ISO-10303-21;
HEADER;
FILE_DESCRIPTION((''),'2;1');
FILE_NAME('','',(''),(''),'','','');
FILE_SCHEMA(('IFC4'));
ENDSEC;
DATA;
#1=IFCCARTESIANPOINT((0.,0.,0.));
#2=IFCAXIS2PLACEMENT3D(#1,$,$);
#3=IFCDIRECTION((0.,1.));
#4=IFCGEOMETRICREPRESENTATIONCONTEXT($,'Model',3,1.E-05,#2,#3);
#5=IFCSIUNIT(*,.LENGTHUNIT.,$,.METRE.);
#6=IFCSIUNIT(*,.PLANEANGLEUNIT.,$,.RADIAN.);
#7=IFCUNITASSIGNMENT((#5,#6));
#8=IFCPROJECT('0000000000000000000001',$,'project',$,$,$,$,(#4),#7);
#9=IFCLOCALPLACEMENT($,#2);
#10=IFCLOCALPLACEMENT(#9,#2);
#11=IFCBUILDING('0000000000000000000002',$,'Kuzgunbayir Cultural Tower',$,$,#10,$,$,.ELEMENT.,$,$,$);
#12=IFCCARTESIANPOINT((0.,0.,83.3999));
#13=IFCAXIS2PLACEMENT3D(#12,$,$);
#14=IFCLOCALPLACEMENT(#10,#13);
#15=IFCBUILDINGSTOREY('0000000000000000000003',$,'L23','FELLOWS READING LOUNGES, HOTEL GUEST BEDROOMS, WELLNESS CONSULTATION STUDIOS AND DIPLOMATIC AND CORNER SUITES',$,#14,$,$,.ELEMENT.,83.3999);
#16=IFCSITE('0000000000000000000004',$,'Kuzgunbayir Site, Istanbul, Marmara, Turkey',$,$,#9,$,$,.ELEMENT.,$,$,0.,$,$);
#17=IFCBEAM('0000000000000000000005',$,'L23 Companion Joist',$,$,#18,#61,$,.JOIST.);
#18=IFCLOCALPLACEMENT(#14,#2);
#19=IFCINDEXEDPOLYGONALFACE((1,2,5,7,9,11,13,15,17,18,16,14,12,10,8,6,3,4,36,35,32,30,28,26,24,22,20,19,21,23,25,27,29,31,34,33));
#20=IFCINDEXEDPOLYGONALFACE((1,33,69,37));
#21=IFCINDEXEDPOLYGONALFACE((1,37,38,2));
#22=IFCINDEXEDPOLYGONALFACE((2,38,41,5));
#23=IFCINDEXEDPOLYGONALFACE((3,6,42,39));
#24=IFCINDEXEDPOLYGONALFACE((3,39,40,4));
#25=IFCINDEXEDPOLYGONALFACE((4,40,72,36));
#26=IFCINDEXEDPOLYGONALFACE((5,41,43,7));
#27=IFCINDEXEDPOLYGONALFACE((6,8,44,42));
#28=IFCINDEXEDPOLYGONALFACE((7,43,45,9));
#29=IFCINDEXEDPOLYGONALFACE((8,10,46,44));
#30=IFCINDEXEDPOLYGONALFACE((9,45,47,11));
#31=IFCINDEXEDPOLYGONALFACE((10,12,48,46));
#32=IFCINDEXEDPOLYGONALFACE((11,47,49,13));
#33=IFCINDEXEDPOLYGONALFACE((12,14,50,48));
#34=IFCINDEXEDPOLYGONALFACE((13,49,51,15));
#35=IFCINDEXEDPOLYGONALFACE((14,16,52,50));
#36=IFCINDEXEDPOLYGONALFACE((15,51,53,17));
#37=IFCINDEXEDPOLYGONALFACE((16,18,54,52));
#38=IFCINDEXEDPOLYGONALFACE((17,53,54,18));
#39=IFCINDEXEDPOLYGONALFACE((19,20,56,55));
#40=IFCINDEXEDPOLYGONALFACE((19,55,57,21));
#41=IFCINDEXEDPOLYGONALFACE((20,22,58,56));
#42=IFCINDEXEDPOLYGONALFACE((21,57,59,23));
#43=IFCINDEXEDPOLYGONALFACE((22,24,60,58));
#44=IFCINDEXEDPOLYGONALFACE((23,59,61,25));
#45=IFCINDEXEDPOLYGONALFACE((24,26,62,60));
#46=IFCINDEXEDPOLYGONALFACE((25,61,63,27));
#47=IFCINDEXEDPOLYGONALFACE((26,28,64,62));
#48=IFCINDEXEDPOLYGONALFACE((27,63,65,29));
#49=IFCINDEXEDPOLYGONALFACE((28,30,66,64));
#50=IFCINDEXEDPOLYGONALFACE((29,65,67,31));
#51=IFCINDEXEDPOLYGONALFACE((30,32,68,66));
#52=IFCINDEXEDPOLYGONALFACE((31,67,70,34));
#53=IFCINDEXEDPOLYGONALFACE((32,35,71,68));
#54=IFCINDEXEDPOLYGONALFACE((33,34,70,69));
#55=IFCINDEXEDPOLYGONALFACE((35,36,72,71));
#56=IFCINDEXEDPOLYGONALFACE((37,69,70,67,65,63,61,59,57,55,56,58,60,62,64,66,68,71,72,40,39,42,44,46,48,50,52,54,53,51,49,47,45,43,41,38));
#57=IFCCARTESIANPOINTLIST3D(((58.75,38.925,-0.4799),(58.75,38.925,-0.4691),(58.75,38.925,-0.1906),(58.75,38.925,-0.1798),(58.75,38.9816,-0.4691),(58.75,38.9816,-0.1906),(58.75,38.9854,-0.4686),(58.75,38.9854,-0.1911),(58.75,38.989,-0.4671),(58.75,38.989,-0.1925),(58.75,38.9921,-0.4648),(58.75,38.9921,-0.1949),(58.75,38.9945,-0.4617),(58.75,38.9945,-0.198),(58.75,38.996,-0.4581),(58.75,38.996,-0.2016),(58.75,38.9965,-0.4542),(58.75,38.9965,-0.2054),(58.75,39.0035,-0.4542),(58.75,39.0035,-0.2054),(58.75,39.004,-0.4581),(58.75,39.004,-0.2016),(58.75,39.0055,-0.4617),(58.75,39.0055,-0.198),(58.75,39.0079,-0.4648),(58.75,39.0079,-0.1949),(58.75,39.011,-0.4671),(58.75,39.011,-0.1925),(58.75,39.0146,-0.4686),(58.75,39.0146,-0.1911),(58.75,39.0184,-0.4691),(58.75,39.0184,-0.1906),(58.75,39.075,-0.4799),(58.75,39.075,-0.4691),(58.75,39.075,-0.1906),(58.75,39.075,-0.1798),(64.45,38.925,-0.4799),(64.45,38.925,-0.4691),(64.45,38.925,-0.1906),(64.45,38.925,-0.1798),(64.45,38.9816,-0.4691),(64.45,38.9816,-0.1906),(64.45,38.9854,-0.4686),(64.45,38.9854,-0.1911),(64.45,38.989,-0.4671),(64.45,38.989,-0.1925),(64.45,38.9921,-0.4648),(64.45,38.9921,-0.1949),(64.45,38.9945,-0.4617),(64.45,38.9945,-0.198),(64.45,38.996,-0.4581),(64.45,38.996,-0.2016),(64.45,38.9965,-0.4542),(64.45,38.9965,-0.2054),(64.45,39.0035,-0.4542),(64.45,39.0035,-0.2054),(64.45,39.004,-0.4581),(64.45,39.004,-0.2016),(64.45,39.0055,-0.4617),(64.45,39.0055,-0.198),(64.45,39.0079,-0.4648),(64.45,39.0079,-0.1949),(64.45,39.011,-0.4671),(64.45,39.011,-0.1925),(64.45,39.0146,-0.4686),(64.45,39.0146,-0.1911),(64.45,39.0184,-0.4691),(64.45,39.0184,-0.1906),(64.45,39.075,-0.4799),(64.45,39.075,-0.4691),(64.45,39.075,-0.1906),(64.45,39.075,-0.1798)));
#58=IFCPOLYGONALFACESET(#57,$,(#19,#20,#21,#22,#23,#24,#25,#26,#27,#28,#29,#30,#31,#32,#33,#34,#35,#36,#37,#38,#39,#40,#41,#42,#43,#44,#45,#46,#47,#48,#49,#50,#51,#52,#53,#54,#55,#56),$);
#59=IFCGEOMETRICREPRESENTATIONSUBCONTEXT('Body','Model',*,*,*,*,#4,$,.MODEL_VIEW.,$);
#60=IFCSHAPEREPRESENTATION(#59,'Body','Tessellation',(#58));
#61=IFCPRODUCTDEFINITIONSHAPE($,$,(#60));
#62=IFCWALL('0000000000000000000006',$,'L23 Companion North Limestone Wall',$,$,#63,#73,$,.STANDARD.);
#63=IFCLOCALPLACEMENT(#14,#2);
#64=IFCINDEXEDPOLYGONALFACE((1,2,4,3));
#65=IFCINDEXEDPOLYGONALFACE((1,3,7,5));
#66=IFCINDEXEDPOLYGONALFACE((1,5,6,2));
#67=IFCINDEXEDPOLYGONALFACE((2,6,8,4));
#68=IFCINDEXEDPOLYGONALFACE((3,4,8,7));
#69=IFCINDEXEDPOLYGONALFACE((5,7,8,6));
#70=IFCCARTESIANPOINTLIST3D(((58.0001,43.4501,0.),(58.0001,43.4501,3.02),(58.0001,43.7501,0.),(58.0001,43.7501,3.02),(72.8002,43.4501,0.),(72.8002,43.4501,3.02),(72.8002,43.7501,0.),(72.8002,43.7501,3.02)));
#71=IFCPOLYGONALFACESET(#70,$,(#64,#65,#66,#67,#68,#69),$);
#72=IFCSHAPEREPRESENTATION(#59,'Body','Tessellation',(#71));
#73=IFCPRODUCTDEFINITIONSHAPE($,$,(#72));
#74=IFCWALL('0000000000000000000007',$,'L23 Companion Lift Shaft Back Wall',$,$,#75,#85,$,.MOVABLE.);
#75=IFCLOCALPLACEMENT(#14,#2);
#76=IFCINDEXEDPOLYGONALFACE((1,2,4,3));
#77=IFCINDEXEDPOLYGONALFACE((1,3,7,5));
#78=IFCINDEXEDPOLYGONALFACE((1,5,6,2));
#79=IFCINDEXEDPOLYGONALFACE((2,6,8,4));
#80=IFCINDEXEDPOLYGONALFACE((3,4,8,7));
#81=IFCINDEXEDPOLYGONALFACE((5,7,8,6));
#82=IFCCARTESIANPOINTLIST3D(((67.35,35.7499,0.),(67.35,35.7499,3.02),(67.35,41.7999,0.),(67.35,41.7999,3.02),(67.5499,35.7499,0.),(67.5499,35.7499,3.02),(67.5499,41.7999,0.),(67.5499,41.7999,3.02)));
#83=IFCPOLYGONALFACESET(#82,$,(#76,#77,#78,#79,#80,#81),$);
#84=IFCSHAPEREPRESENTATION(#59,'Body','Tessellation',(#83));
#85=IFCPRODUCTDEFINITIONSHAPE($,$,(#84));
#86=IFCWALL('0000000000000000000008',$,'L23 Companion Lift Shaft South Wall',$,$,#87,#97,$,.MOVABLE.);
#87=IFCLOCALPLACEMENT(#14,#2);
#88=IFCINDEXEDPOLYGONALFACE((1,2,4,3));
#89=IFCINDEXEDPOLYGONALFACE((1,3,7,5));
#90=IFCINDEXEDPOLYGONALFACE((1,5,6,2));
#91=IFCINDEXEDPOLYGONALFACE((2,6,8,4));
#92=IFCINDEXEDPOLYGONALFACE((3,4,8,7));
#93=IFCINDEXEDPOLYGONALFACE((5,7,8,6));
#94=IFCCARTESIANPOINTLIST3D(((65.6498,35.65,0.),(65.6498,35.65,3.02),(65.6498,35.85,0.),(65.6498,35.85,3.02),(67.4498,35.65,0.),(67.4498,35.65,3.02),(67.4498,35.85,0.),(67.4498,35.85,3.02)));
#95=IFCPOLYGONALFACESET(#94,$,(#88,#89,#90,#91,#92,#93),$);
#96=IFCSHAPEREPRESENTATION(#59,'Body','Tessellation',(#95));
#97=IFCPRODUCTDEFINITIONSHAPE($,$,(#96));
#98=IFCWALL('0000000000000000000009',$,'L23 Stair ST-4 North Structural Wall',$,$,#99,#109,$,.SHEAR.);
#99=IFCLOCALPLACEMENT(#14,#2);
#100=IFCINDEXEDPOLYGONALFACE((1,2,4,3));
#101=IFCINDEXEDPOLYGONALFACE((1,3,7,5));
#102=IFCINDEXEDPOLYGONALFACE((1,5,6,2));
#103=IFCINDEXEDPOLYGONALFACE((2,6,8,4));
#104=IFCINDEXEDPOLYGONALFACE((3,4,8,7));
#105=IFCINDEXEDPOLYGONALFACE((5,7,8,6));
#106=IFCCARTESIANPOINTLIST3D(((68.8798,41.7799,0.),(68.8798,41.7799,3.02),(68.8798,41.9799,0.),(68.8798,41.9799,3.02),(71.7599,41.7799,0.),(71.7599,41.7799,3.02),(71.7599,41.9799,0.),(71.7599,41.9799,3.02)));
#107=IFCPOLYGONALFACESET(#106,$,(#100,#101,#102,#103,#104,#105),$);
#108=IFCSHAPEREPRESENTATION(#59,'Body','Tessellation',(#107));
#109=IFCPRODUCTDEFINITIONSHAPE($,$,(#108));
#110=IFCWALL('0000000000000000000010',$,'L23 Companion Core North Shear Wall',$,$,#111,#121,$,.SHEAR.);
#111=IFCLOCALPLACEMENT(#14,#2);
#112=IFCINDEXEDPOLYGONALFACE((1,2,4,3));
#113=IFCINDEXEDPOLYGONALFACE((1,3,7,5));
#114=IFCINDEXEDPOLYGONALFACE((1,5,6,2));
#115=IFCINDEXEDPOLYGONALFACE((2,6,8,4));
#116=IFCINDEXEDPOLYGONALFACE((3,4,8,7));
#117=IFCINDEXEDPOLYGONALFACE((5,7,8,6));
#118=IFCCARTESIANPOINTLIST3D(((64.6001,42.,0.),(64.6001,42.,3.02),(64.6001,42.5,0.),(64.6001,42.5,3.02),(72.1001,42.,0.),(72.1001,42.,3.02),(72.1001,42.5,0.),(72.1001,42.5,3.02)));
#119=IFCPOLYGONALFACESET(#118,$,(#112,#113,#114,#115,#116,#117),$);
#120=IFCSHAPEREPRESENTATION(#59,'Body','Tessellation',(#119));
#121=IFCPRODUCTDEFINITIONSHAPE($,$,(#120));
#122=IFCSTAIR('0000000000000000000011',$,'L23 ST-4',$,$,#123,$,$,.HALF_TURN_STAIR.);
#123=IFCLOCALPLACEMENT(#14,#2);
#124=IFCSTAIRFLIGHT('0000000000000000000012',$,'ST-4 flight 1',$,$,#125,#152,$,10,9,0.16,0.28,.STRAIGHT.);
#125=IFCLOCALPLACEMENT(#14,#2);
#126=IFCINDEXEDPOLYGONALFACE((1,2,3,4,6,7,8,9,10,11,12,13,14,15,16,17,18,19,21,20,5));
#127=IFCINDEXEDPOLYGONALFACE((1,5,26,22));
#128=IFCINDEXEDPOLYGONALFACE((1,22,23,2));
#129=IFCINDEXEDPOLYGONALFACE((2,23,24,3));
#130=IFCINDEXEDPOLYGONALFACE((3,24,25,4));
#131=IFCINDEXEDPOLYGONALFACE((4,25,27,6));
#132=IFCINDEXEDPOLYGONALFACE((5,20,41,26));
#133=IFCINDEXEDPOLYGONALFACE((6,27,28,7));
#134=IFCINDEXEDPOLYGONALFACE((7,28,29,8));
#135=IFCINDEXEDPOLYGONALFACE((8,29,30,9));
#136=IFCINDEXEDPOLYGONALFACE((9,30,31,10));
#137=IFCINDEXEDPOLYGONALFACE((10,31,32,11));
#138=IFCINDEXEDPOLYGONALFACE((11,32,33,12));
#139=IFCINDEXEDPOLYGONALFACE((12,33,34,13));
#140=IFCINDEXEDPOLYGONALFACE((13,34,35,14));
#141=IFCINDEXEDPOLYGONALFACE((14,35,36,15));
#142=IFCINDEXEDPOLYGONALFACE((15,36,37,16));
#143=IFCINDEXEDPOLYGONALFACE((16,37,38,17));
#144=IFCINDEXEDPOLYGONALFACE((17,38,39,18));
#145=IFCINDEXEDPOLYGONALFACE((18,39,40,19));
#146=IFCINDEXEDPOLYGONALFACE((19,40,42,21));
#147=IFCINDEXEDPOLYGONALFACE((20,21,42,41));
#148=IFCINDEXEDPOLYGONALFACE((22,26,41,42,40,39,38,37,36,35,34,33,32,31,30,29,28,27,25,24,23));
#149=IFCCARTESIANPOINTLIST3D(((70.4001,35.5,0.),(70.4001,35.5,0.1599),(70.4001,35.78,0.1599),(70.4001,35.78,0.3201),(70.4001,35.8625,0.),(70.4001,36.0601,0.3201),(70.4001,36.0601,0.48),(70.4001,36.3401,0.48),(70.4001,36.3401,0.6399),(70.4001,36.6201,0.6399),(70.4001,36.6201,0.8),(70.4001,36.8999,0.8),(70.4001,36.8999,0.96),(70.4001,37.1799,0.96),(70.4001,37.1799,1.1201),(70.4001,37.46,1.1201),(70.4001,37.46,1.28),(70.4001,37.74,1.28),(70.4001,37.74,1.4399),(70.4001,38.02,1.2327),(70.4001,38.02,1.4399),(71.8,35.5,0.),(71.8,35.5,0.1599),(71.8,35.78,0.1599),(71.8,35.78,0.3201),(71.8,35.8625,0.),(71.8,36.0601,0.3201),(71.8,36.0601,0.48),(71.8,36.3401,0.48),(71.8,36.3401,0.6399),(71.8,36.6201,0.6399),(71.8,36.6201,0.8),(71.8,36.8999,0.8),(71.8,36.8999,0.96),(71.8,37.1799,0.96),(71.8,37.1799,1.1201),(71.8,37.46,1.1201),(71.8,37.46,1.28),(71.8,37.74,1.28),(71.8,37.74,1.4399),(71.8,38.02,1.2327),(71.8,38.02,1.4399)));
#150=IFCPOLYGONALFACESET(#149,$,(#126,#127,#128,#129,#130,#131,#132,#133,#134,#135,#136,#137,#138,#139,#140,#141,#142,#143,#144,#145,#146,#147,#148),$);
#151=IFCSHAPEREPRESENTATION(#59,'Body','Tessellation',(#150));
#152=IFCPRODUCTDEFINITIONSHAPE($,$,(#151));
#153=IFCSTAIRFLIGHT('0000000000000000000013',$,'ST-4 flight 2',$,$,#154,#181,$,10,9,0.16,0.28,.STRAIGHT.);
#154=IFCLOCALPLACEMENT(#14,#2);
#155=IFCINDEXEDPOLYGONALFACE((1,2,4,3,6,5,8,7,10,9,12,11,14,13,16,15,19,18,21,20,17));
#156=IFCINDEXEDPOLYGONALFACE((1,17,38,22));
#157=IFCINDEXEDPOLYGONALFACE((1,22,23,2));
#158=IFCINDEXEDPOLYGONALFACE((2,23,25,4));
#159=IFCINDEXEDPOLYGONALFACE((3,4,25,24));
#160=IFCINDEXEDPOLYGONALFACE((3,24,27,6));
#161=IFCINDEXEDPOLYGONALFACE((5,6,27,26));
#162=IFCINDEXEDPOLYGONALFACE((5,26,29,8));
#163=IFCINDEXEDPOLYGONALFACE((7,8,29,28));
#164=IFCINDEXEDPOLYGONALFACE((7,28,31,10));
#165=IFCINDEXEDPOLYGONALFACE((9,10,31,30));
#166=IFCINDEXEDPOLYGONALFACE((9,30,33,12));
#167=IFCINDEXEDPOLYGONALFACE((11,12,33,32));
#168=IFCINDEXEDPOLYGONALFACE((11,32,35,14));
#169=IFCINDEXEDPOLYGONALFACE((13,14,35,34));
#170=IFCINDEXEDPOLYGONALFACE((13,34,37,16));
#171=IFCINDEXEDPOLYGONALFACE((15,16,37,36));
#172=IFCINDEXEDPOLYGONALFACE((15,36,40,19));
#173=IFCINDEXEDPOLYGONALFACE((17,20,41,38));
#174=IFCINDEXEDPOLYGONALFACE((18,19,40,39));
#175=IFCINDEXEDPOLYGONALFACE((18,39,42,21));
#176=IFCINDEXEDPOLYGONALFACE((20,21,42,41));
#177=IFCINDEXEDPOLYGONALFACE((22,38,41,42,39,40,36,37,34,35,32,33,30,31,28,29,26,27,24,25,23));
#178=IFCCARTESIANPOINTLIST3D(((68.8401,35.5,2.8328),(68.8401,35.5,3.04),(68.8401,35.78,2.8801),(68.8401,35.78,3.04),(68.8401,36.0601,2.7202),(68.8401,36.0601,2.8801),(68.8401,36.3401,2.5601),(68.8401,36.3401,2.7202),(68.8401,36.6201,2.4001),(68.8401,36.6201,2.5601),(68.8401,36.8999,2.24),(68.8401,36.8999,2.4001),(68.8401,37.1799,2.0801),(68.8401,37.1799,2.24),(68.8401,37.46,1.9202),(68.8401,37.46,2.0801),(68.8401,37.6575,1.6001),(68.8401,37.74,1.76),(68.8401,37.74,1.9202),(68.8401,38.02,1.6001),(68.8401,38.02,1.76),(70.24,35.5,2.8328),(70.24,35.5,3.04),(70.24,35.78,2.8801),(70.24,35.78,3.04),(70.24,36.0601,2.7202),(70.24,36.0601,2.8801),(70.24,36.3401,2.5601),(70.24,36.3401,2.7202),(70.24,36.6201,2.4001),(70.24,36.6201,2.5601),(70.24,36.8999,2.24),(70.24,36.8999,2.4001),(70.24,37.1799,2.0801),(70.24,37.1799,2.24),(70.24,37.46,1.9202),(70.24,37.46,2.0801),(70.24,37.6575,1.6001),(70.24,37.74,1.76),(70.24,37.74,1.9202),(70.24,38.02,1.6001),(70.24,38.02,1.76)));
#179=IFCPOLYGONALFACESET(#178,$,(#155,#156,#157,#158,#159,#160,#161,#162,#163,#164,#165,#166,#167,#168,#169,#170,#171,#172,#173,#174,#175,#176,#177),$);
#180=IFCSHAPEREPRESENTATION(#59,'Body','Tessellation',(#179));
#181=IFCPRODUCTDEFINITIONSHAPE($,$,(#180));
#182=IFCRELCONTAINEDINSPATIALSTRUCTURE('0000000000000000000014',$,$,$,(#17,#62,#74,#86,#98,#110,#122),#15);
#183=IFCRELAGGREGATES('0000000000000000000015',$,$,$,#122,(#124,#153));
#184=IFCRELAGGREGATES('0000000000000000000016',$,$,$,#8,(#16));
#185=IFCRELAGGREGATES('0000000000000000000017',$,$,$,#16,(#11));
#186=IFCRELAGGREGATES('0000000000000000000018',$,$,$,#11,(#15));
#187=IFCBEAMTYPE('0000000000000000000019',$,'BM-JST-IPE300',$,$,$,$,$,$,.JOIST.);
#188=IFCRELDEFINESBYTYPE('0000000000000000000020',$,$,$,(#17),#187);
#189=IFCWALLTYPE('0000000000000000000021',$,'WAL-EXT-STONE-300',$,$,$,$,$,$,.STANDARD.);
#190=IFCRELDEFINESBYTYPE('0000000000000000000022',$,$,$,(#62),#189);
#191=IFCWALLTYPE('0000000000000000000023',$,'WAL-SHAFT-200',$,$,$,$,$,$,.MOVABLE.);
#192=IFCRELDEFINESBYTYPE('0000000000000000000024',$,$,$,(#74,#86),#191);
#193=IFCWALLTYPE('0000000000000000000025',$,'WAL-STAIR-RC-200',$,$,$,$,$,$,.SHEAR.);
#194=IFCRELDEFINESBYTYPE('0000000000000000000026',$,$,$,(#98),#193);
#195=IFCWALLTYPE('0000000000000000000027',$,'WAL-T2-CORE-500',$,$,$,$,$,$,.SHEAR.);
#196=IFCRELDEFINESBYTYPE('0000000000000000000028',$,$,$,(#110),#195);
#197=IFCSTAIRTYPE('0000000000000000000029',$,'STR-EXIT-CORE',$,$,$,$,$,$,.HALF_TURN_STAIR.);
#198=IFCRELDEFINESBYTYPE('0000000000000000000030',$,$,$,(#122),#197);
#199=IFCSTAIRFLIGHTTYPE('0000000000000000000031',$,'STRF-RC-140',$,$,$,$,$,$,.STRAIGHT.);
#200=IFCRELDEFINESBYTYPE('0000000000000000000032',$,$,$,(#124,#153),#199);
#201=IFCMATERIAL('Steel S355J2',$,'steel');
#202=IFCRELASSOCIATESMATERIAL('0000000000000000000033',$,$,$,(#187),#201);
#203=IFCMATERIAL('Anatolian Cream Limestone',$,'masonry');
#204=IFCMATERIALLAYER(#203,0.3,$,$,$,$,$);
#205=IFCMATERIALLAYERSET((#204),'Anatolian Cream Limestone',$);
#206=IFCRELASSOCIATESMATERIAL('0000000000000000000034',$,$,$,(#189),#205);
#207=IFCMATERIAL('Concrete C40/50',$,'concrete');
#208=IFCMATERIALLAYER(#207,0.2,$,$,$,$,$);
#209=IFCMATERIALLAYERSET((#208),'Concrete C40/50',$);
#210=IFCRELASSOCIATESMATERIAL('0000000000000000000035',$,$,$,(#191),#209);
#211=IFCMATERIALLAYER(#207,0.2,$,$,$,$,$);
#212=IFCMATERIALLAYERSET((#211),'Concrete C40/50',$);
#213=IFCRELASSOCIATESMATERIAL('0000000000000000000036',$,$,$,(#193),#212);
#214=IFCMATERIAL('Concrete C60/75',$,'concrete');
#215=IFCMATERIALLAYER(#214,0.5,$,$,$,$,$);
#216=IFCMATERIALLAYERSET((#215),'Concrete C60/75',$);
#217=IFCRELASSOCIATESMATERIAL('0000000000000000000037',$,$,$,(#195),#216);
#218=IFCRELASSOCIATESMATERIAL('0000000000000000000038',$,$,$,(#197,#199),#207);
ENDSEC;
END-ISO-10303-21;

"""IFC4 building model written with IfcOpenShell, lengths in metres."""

from ifc_helpers import new_model, si_unit, direction, frame, frame_2d, origin, origin_2d, place, context, subcontext, project, spatial, polyline, rectangle, i_section, outline, extrude, material, layer, layer_set, material_profile, profile_set, type_object, element, aggregate, save


model = new_model("IFC4")

# Units and contexts
model_context = context("Model", 3, precision=1e-05, world=origin(), true_north=direction((0.0, 1.0)))
body_context = subcontext(model_context, "Body", "Model", "MODEL_VIEW")
ifc_project = project(units=[si_unit("LENGTHUNIT", "METRE"), si_unit("PLANEANGLEUNIT", "RADIAN")], contexts=[model_context])

# Site, building, storey
site_placement = place(None, origin())
site = spatial("IfcSite", under=ifc_project, at=site_placement, Name="Kuzgunbayir Site, Istanbul, Marmara, Turkey", CompositionType="ELEMENT", RefElevation=0.0)
building_placement = place(site_placement, origin())
building = spatial("IfcBuilding", under=site, at=building_placement, Name="Kuzgunbayir Cultural Tower", CompositionType="ELEMENT")
storey_placement = place(building_placement, frame((0.0, 0.0, 83.3999)))
storey = spatial("IfcBuildingStorey", under=building, at=storey_placement, Name="L23", Description="FELLOWS READING LOUNGES, HOTEL GUEST BEDROOMS, WELLNESS CONSULTATION STUDIOS AND DIPLOMATIC AND CORNER SUITES", CompositionType="ELEMENT", Elevation=83.3999)

# Shared definitions
ifc_material_1 = material(Name="Concrete C60/75", Category="concrete")

# Beam
ifc_material_2 = material(Name="Steel S355J2", Category="steel")
ifc_material_profile_1 = material_profile(ifc_material_2, i_section(OverallWidth=0.1499, OverallDepth=0.3, WebThickness=0.0071, FlangeThickness=0.0107, FilletRadius=0.0149, at=origin_2d()), Name="IPE 300")
ifc_profile_set_1 = profile_set([ifc_material_profile_1], Name="Steel S355J2")
beam_type_1 = type_object("IfcBeamType", Name="BM-JST-IPE300", PredefinedType="JOIST", material=ifc_profile_set_1)
beam_1_placement = place(storey_placement, frame((58.75, 39.0, -0.3298), z_axis=(1.0, 0.0, 0.0), x_axis=(0.0, 1.0, 0.0)))
element("IfcBeam", 1, at=beam_1_placement, inside=storey, type_object=beam_type_1, Name="L23 Companion Joist", PredefinedType="JOIST", context=body_context, shape_type="SweptSolid", body=[
    extrude(i_section(OverallWidth=0.1499, OverallDepth=0.3, WebThickness=0.0071, FlangeThickness=0.0107, FilletRadius=0.0149, at=origin_2d()), origin(), (0.0, 0.0, 1.0), 5.7),
])

# Wall
ifc_material_3 = material(Name="Anatolian Cream Limestone", Category="masonry")
ifc_layer_1 = layer(ifc_material_3, 0.3)
ifc_layer_set_1 = layer_set([ifc_layer_1], Name="Anatolian Cream Limestone")
wall_type_1 = type_object("IfcWallType", Name="WAL-EXT-STONE-300", PredefinedType="STANDARD", material=ifc_layer_set_1)
wall_1_placement = place(storey_placement, frame((72.8, 43.6001, 0.0), z_axis=(0.0, 0.0, 1.0), x_axis=(-1.0, 0.0, 0.0)))
element("IfcWall", 2, at=wall_1_placement, inside=storey, type_object=wall_type_1, Name="L23 Companion North Limestone Wall", PredefinedType="STANDARD", context=body_context, shape_type="SweptSolid", body=[
    extrude(rectangle(XDim=14.8, YDim=0.3, at=frame_2d((7.3999, 0.0))), origin(), (0.0, 0.0, 1.0), 3.02),
])

# Shared definitions
ifc_material_4 = material(Name="Concrete C40/50", Category="concrete")
ifc_layer_2 = layer(ifc_material_4, 0.2)
ifc_layer_set_2 = layer_set([ifc_layer_2], Name="Concrete C40/50")
wall_type_2 = type_object("IfcWallType", Name="WAL-SHAFT-200", PredefinedType="MOVABLE", material=ifc_layer_set_2)

# Walls
wall_2_placement = place(storey_placement, frame((67.45, 35.75, 0.0), z_axis=(0.0, 0.0, 1.0), x_axis=(0.0, 1.0, 0.0)))
element("IfcWall", 3, at=wall_2_placement, inside=storey, type_object=wall_type_2, Name="L23 Companion Lift Shaft Back Wall", PredefinedType="MOVABLE", context=body_context, shape_type="SweptSolid", body=[
    extrude(rectangle(XDim=6.05, YDim=0.2, at=frame_2d((3.0249, 0.0))), origin(), (0.0, 0.0, 1.0), 3.02),
])
wall_3_placement = place(storey_placement, frame((65.6499, 35.75, 0.0), z_axis=(0.0, 0.0, 1.0), x_axis=(1.0, 0.0, 0.0)))
element("IfcWall", 4, at=wall_3_placement, inside=storey, type_object=wall_type_2, Name="L23 Companion Lift Shaft South Wall", PredefinedType="MOVABLE", context=body_context, shape_type="SweptSolid", body=[
    extrude(rectangle(XDim=1.8, YDim=0.2, at=frame_2d((0.8999, 0.0))), origin(), (0.0, 0.0, 1.0), 3.02),
])
ifc_layer_3 = layer(ifc_material_4, 0.2)
ifc_layer_set_3 = layer_set([ifc_layer_3], Name="Concrete C40/50")
wall_type_3 = type_object("IfcWallType", Name="WAL-STAIR-RC-200", PredefinedType="SHEAR", material=ifc_layer_set_3)
wall_4_placement = place(storey_placement, frame((68.8799, 41.8799, 0.0), z_axis=(0.0, 0.0, 1.0), x_axis=(1.0, 0.0, 0.0)))
element("IfcWall", 5, at=wall_4_placement, inside=storey, type_object=wall_type_3, Name="L23 Stair ST-4 North Structural Wall", PredefinedType="SHEAR", context=body_context, shape_type="SweptSolid", body=[
    extrude(rectangle(XDim=2.8801, YDim=0.2, at=frame_2d((1.4399, 0.0))), origin(), (0.0, 0.0, 1.0), 3.02),
])
ifc_layer_4 = layer(ifc_material_1, 0.5)
ifc_layer_set_4 = layer_set([ifc_layer_4], Name="Concrete C60/75")
wall_type_4 = type_object("IfcWallType", Name="WAL-T2-CORE-500", PredefinedType="SHEAR", material=ifc_layer_set_4)
wall_5_placement = place(storey_placement, frame((64.6001, 42.25, 0.0), z_axis=(0.0, 0.0, 1.0), x_axis=(1.0, 0.0, 0.0)))
element("IfcWall", 6, at=wall_5_placement, inside=storey, type_object=wall_type_4, Name="L23 Companion Core North Shear Wall", PredefinedType="SHEAR", context=body_context, shape_type="SweptSolid", body=[
    extrude(rectangle(XDim=7.5, YDim=0.5, at=frame_2d((3.75, 0.0))), origin(), (0.0, 0.0, 1.0), 3.02),
])

# Stair, stair flights
stair_type = type_object("IfcStairType", Name="STR-EXIT-CORE", PredefinedType="HALF_TURN_STAIR", material=ifc_material_4)
stair_placement = place(storey_placement, origin())
stair = element("IfcStair", 7, at=stair_placement, inside=storey, type_object=stair_type, Name="L23 ST-4", PredefinedType="HALF_TURN_STAIR")
stair_flight_type = type_object("IfcStairFlightType", Name="STRF-RC-140", PredefinedType="STRAIGHT", material=ifc_material_4)
stair_flight_1_placement = place(storey_placement, frame((71.1001, 35.5, 0.0), z_axis=(0.0, 0.0, 1.0), x_axis=(0.0, 1.0, 0.0)))
stair_flight_1 = element("IfcStairFlight", 8, at=stair_flight_1_placement, type_object=stair_flight_type, Name="ST-4 flight 1", NumberOfRisers=10, NumberOfTreads=9, PredefinedType="STRAIGHT", RiserHeight=0.16, TreadLength=0.28, context=body_context, shape_type="SweptSolid", body=[
    extrude(outline(polyline([(0.0, 0.0), (0.0, 0.1599), (0.28, 0.1599), (0.28, 0.3201), (0.5601, 0.3201), (0.5601, 0.48), (0.8401, 0.48), (0.8401, 0.6399), (1.1201, 0.6399), (1.1201, 0.8), (1.3999, 0.8), (1.3999, 0.96), (1.6799, 0.96), (1.6799, 1.1201), (1.96, 1.1201), (1.96, 1.28), (2.24, 1.28), (2.24, 1.4399), (2.52, 1.4399), (2.52, 1.6001), (2.52, 1.2327), (0.3625, 0.0), (0.0, 0.0)])), frame((0.0, 0.7, 0.0), z_axis=(0.0, -1.0, 0.0), x_axis=(1.0, 0.0, 0.0)), (0.0, 0.0, 1.0), 1.3999),
])
stair_flight_2_placement = place(storey_placement, frame((69.54, 38.02, 1.6001), z_axis=(0.0, 0.0, 1.0), x_axis=(0.0, -1.0, 0.0)))
stair_flight_2 = element("IfcStairFlight", 9, at=stair_flight_2_placement, type_object=stair_flight_type, Name="ST-4 flight 2", NumberOfRisers=10, NumberOfTreads=9, PredefinedType="STRAIGHT", RiserHeight=0.16, TreadLength=0.28, context=body_context, shape_type="SweptSolid", body=[
    extrude(outline(polyline([(0.0, 0.0), (0.0, 0.1599), (0.28, 0.1599), (0.28, 0.3201), (0.5601, 0.3201), (0.5601, 0.48), (0.8401, 0.48), (0.8401, 0.6399), (1.1201, 0.6399), (1.1201, 0.8), (1.3999, 0.8), (1.3999, 0.96), (1.6799, 0.96), (1.6799, 1.1201), (1.96, 1.1201), (1.96, 1.28), (2.24, 1.28), (2.24, 1.4399), (2.52, 1.4399), (2.52, 1.6001), (2.52, 1.2327), (0.3625, 0.0), (0.0, 0.0)])), frame((0.0, 0.7, 0.0), z_axis=(0.0, -1.0, 0.0), x_axis=(1.0, 0.0, 0.0)), (0.0, 0.0, 1.0), 1.3999),
])
aggregate(stair, [stair_flight_1, stair_flight_2])

save(model, "model.ifc")
